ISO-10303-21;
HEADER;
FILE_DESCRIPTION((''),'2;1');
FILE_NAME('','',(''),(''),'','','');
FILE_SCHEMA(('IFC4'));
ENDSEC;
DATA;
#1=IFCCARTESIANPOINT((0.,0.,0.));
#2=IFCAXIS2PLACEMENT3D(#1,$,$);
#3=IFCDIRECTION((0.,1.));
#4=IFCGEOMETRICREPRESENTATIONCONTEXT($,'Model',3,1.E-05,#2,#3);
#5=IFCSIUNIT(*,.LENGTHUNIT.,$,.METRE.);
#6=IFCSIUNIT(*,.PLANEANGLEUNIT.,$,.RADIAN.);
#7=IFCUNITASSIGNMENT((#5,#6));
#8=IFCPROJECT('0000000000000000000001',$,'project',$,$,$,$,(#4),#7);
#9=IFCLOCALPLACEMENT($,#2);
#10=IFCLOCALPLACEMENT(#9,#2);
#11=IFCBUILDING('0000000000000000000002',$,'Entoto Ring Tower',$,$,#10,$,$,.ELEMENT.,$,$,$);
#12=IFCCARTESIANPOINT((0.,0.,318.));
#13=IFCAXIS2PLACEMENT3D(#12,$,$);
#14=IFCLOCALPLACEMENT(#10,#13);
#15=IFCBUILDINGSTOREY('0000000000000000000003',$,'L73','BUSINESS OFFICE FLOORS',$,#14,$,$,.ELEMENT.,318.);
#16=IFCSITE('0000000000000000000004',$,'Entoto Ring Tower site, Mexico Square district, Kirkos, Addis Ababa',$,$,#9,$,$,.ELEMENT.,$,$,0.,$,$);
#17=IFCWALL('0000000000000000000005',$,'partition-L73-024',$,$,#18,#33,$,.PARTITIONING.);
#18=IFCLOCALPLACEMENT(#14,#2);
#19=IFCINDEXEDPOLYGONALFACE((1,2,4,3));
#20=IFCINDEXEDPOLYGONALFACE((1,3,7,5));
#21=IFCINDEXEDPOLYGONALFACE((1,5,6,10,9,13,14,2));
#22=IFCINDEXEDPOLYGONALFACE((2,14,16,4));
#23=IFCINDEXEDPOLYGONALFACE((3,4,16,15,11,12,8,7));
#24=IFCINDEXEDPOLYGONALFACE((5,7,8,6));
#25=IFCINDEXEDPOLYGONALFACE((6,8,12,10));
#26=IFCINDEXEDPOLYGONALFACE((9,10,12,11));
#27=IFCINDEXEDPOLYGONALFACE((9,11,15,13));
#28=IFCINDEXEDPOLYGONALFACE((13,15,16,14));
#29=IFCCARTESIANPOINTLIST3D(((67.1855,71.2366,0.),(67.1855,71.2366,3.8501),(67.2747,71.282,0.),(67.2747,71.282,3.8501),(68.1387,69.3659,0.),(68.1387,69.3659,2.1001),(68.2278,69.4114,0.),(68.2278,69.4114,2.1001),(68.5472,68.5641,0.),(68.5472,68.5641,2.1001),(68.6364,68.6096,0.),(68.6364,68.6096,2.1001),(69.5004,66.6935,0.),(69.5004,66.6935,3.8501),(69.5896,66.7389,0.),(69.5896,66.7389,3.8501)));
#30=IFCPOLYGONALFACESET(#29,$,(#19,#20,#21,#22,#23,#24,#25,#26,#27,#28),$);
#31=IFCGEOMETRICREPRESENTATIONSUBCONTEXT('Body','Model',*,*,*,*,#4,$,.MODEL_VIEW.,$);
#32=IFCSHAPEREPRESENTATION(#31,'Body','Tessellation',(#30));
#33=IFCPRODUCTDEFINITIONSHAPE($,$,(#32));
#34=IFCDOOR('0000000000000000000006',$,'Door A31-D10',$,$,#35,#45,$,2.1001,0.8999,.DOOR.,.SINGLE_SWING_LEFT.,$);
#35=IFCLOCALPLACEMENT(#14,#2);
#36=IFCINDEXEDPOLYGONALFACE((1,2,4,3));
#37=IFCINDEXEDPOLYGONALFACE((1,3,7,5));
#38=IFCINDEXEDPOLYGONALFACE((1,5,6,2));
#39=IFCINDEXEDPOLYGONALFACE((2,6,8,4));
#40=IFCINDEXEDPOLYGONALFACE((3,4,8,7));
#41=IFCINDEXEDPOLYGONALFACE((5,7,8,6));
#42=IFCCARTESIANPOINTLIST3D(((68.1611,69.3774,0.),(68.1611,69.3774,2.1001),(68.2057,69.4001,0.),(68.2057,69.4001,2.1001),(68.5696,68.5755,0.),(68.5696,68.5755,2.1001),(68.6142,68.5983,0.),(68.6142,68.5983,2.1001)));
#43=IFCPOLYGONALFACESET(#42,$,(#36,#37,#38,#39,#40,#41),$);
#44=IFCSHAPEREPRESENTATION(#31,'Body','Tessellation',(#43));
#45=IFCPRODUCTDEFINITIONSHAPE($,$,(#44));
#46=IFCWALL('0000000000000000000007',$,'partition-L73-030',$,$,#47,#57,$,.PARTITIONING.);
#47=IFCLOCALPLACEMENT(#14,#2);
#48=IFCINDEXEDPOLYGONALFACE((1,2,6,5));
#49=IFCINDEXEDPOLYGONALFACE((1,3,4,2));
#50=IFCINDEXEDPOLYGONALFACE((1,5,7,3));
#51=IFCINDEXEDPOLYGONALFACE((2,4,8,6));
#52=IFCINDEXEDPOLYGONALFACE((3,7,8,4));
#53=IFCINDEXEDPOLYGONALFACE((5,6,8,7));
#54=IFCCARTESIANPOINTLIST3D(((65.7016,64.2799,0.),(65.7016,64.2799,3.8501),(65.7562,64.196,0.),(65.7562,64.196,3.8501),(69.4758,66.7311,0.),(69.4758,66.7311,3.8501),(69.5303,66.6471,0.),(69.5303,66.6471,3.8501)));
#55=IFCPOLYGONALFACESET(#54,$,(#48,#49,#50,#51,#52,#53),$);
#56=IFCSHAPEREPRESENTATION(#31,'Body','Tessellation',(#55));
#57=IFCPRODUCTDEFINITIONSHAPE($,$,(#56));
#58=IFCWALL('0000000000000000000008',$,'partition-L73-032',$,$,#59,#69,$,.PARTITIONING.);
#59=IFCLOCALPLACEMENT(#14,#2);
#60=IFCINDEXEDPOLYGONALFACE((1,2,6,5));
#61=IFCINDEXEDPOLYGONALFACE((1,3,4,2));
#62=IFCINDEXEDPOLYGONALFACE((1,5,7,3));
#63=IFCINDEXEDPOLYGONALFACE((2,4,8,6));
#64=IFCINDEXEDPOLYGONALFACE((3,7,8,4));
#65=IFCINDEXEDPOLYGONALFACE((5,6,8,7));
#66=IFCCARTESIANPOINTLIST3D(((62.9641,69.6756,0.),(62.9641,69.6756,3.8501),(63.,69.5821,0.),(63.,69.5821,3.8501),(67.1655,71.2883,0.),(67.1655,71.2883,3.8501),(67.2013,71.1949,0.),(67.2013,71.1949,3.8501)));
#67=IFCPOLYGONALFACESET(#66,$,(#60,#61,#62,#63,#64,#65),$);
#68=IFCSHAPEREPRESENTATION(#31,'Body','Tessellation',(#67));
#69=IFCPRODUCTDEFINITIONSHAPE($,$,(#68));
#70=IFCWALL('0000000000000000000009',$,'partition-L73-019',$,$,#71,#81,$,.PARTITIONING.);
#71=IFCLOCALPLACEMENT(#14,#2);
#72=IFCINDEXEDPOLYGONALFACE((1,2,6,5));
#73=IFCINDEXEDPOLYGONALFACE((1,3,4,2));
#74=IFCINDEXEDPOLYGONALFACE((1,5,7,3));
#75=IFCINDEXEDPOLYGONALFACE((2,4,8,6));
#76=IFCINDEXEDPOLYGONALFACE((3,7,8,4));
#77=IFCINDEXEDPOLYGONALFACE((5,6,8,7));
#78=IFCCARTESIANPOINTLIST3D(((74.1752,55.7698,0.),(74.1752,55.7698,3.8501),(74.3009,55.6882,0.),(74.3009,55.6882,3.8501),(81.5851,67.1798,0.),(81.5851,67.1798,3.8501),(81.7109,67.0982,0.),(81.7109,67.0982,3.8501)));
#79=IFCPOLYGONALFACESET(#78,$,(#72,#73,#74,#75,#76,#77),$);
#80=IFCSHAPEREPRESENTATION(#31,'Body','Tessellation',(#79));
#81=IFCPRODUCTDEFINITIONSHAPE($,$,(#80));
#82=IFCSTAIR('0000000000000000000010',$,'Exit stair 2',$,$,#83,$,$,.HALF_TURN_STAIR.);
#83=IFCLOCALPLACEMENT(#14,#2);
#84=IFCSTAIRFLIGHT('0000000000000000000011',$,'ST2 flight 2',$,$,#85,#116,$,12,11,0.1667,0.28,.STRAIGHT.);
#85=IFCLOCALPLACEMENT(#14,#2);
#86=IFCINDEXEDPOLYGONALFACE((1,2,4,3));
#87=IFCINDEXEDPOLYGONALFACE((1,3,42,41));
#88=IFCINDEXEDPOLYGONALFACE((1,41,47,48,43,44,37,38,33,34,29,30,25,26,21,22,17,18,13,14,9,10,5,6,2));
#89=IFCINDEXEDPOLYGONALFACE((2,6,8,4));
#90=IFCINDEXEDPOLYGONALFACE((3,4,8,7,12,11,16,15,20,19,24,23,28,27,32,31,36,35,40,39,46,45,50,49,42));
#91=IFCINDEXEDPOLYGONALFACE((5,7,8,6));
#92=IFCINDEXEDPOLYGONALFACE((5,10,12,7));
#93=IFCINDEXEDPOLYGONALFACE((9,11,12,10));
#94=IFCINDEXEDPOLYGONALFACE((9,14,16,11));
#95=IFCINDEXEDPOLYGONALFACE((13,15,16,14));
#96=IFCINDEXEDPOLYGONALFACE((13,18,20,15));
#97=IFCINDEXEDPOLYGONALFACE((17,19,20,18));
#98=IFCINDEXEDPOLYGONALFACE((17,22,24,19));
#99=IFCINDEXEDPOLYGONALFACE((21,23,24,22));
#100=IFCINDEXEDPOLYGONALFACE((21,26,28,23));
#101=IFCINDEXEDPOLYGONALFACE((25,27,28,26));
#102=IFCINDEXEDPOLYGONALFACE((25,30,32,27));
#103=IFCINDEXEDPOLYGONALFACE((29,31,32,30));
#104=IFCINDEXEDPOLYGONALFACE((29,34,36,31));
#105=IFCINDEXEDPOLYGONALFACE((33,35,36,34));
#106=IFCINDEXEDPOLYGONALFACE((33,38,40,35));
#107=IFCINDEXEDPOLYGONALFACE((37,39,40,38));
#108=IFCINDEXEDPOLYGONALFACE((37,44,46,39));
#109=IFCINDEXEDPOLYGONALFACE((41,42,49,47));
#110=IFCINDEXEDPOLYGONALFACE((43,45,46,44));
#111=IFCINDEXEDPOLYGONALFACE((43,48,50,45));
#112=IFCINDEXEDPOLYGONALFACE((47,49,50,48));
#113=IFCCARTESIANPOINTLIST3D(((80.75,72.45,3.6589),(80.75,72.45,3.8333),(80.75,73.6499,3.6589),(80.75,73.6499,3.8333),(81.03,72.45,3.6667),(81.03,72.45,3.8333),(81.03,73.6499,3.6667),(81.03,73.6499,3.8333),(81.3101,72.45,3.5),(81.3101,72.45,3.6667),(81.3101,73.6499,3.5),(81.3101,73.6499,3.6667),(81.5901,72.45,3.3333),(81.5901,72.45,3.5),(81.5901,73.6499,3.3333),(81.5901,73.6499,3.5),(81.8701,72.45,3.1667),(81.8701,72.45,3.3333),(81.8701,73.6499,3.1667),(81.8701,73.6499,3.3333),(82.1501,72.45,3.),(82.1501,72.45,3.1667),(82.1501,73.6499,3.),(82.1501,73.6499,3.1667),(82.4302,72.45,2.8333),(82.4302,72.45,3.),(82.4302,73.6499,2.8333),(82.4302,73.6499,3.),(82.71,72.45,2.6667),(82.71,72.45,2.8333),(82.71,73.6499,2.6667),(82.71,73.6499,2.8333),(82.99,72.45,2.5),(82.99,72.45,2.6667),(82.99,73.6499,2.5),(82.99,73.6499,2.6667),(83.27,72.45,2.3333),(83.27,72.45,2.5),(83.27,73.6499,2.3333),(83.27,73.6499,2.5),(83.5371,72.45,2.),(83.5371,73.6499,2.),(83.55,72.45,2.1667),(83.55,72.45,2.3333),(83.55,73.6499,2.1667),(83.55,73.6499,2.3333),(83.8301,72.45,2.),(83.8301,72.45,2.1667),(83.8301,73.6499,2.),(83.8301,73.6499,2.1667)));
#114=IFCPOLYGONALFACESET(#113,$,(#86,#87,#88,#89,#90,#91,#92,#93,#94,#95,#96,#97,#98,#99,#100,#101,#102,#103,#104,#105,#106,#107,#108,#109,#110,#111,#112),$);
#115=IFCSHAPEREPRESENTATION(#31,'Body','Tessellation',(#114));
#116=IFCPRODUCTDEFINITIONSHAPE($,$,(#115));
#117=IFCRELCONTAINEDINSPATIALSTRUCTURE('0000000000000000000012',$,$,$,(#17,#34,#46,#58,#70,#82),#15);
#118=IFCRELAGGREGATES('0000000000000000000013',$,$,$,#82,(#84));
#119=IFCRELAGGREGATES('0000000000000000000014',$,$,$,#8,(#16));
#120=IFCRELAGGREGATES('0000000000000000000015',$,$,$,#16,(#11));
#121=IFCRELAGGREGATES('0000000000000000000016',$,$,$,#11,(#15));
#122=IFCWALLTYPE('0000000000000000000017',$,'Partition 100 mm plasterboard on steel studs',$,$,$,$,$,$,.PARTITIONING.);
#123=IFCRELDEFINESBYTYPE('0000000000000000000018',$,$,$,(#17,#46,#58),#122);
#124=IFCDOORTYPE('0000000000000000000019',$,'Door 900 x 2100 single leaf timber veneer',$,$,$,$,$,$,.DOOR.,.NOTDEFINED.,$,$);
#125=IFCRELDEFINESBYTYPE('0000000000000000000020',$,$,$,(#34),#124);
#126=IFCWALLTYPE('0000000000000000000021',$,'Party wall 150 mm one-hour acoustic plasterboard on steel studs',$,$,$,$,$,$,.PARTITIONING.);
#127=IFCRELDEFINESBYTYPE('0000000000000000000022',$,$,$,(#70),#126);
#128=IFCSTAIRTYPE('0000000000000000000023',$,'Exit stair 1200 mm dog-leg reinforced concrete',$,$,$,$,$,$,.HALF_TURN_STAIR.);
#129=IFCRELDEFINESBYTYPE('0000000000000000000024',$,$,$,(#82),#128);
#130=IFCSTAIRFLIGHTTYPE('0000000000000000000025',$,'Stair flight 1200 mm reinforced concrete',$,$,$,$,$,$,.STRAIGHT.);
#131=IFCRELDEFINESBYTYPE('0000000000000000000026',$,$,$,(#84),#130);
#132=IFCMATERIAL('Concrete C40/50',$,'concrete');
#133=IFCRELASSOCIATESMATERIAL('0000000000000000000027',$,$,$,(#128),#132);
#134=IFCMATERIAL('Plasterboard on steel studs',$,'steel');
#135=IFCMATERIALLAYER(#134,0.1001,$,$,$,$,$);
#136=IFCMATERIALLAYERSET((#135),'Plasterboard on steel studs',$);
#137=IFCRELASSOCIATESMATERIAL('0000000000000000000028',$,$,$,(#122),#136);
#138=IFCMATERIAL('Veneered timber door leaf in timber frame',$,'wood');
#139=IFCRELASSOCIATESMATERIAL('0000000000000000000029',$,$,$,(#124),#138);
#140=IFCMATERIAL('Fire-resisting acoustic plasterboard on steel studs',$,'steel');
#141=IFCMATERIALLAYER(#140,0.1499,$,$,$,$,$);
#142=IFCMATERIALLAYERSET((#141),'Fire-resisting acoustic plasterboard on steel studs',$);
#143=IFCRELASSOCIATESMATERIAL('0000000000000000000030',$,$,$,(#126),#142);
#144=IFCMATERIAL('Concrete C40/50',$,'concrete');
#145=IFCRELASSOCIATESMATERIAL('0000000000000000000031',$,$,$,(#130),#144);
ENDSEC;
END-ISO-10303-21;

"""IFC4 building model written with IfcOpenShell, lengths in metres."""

from ifc_helpers import new_model, si_unit, direction, frame, frame_2d, origin, place, context, subcontext, project, spatial, polyline, rectangle, outline, extrude, material, layer, layer_set, type_object, element, fill, aggregate, save


model = new_model("IFC4")

# Units and contexts
model_context = context("Model", 3, precision=1e-05, world=origin(), true_north=direction((0.0, 1.0)))
body_context = subcontext(model_context, "Body", "Model", "MODEL_VIEW")
ifc_project = project(units=[si_unit("LENGTHUNIT", "METRE"), si_unit("PLANEANGLEUNIT", "RADIAN")], contexts=[model_context])

# Site, building, storey
site_placement = place(None, origin())
site = spatial("IfcSite", under=ifc_project, at=site_placement, Name="Entoto Ring Tower site, Mexico Square district, Kirkos, Addis Ababa", CompositionType="ELEMENT", RefElevation=0.0)
building_placement = place(site_placement, origin())
building = spatial("IfcBuilding", under=site, at=building_placement, Name="Entoto Ring Tower", CompositionType="ELEMENT")
storey_placement = place(building_placement, frame((0.0, 0.0, 318.0)))
storey = spatial("IfcBuildingStorey", under=building, at=storey_placement, Name="L73", Description="BUSINESS OFFICE FLOORS", CompositionType="ELEMENT", Elevation=318.0)

# Shared definitions
ifc_material_1 = material(Name="Concrete C40/50", Category="concrete")
stair_type = type_object("IfcStairType", Name="Exit stair 1200 mm dog-leg reinforced concrete", PredefinedType="HALF_TURN_STAIR", material=ifc_material_1)

# Wall, opening, door
ifc_material_2 = material(Name="Plasterboard on steel studs", Category="steel")
ifc_layer_1 = layer(ifc_material_2, 0.1001)
ifc_layer_set_1 = layer_set([ifc_layer_1], Name="Plasterboard on steel studs")
wall_type_1 = type_object("IfcWallType", Name="Partition 100 mm plasterboard on steel studs", PredefinedType="PARTITIONING", material=ifc_layer_set_1)
wall_1_placement = place(storey_placement, frame((69.5449, 66.7163, 0.0), z_axis=(0.0, 0.0, 1.0), x_axis=(-0.454, 0.891002, 0.0)))
wall_1 = element("IfcWall", 1, at=wall_1_placement, inside=storey, type_object=wall_type_1, Name="partition-L73-024", PredefinedType="PARTITIONING", context=body_context, shape_type="SweptSolid", body=[
    extrude(rectangle(XDim=5.0989, YDim=0.1001, at=frame_2d((2.5493, 0.0))), origin(), (0.0, 0.0, 1.0), 3.8501),
])
opening_1_placement = place(wall_1_placement, frame((2.0994, 0.0, 0.0)))
opening_1 = element("IfcOpeningElement", 2, at=opening_1_placement, cuts=wall_1, PredefinedType="OPENING", context=body_context, shape_type="SweptSolid", body=[
    extrude(rectangle(XDim=0.8999, YDim=2.1001, at=frame_2d((0.45, 1.05))), frame((0.0, 0.0601, 0.0), z_axis=(0.0, -1.0, 0.0), x_axis=(1.0, 0.0, 0.0)), (0.0, 0.0, 1.0), 0.1201),
])
ifc_material_3 = material(Name="Veneered timber door leaf in timber frame", Category="wood")
door_type_1 = type_object("IfcDoorType", Name="Door 900 x 2100 single leaf timber veneer", OperationType="NOTDEFINED", PredefinedType="DOOR", material=ifc_material_3)
door_1_placement = place(opening_1_placement, origin())
door_1 = element("IfcDoor", 3, at=door_1_placement, inside=storey, type_object=door_type_1, Name="Door A31-D10", OperationType="SINGLE_SWING_LEFT", OverallHeight=2.1001, OverallWidth=0.8999, PredefinedType="DOOR", context=body_context, shape_type="SweptSolid", body=[
    extrude(rectangle(XDim=0.8999, YDim=2.1001, at=frame_2d((0.45, 1.05))), frame((0.0, 0.0249, 0.0), z_axis=(0.0, -1.0, 0.0), x_axis=(1.0, 0.0, 0.0)), (0.0, 0.0, 1.0), 0.05),
])
fill(opening_1, door_1)

# Walls
for number, where, z_axis, x_axis, name in (
    (4, (65.729, 64.238, 0.0), (0.0, 0.0, 1.0), (0.838651, 0.54467, 0.0), "partition-L73-030"),
    (5, (62.9822, 69.6289, 0.0), (0.0, 0.0, 1.0), (0.933579, 0.358372, 0.0), "partition-L73-032"),
):
    element("IfcWall", number, at=place(storey_placement, frame(where, z_axis=z_axis, x_axis=x_axis)), inside=storey, type_object=wall_type_1, Name=name, PredefinedType="PARTITIONING", context=body_context, shape_type="SweptSolid", body=[
        extrude(rectangle(XDim=4.5002, YDim=0.1001, at=frame_2d((2.25, 0.0))), origin(), (0.0, 0.0, 1.0), 3.8501),
    ])
ifc_material_4 = material(Name="Fire-resisting acoustic plasterboard on steel studs", Category="steel")
ifc_layer_2 = layer(ifc_material_4, 0.1499)
ifc_layer_set_2 = layer_set([ifc_layer_2], Name="Fire-resisting acoustic plasterboard on steel studs")
wall_type_2 = type_object("IfcWallType", Name="Party wall 150 mm one-hour acoustic plasterboard on steel studs", PredefinedType="PARTITIONING", material=ifc_layer_set_2)
wall_2_placement = place(storey_placement, frame((74.238, 55.729, 0.0), z_axis=(0.0, 0.0, 1.0), x_axis=(0.544651, 0.838663, 0.0)))
element("IfcWall", 6, at=wall_2_placement, inside=storey, type_object=wall_type_2, Name="partition-L73-019", PredefinedType="PARTITIONING", context=body_context, shape_type="SweptSolid", body=[
    extrude(rectangle(XDim=13.605, YDim=0.1499, at=frame_2d((6.8025, 0.0))), origin(), (0.0, 0.0, 1.0), 3.8501),
])

# Stair, stair flight
stair_1_placement = place(storey_placement, origin())
stair_1 = element("IfcStair", 7, at=stair_1_placement, inside=storey, type_object=stair_type, Name="Exit stair 2", PredefinedType="HALF_TURN_STAIR")
ifc_material_5 = material(Name="Concrete C40/50", Category="concrete")
stair_flight_type = type_object("IfcStairFlightType", Name="Stair flight 1200 mm reinforced concrete", PredefinedType="STRAIGHT", material=ifc_material_5)
stair_flight_placement = place(storey_placement, frame((83.8301, 73.05, 2.0), z_axis=(0.0, 0.0, 1.0), x_axis=(-1.0, 0.0, 0.0)))
stair_flight = element("IfcStairFlight", 8, at=stair_flight_placement, type_object=stair_flight_type, Name="ST2 flight 2", NumberOfRisers=12, NumberOfTreads=11, PredefinedType="STRAIGHT", RiserHeight=0.1667, TreadLength=0.28, context=body_context, shape_type="SweptSolid", body=[
    extrude(outline(polyline([(0.0, 0.0), (0.0, 0.1667), (0.28, 0.1667), (0.28, 0.3333), (0.5601, 0.3333), (0.5601, 0.5), (0.8401, 0.5), (0.8401, 0.6667), (1.1201, 0.6667), (1.1201, 0.8333), (1.3999, 0.8333), (1.3999, 1.0), (1.6799, 1.0), (1.6799, 1.1667), (1.96, 1.1667), (1.96, 1.3333), (2.24, 1.3333), (2.24, 1.5), (2.52, 1.5), (2.52, 1.6667), (2.8, 1.6667), (2.8, 1.8333), (3.0801, 1.8333), (3.0801, 2.0), (3.0801, 1.6589), (0.293, 0.0), (0.0, 0.0)])), frame((0.0, 0.6001, 0.0), z_axis=(0.0, -1.0, 0.0), x_axis=(1.0, 0.0, 0.0)), (0.0, 0.0, 1.0), 1.2),
])
aggregate(stair_1, [stair_flight])

save(model, "model.ifc")
